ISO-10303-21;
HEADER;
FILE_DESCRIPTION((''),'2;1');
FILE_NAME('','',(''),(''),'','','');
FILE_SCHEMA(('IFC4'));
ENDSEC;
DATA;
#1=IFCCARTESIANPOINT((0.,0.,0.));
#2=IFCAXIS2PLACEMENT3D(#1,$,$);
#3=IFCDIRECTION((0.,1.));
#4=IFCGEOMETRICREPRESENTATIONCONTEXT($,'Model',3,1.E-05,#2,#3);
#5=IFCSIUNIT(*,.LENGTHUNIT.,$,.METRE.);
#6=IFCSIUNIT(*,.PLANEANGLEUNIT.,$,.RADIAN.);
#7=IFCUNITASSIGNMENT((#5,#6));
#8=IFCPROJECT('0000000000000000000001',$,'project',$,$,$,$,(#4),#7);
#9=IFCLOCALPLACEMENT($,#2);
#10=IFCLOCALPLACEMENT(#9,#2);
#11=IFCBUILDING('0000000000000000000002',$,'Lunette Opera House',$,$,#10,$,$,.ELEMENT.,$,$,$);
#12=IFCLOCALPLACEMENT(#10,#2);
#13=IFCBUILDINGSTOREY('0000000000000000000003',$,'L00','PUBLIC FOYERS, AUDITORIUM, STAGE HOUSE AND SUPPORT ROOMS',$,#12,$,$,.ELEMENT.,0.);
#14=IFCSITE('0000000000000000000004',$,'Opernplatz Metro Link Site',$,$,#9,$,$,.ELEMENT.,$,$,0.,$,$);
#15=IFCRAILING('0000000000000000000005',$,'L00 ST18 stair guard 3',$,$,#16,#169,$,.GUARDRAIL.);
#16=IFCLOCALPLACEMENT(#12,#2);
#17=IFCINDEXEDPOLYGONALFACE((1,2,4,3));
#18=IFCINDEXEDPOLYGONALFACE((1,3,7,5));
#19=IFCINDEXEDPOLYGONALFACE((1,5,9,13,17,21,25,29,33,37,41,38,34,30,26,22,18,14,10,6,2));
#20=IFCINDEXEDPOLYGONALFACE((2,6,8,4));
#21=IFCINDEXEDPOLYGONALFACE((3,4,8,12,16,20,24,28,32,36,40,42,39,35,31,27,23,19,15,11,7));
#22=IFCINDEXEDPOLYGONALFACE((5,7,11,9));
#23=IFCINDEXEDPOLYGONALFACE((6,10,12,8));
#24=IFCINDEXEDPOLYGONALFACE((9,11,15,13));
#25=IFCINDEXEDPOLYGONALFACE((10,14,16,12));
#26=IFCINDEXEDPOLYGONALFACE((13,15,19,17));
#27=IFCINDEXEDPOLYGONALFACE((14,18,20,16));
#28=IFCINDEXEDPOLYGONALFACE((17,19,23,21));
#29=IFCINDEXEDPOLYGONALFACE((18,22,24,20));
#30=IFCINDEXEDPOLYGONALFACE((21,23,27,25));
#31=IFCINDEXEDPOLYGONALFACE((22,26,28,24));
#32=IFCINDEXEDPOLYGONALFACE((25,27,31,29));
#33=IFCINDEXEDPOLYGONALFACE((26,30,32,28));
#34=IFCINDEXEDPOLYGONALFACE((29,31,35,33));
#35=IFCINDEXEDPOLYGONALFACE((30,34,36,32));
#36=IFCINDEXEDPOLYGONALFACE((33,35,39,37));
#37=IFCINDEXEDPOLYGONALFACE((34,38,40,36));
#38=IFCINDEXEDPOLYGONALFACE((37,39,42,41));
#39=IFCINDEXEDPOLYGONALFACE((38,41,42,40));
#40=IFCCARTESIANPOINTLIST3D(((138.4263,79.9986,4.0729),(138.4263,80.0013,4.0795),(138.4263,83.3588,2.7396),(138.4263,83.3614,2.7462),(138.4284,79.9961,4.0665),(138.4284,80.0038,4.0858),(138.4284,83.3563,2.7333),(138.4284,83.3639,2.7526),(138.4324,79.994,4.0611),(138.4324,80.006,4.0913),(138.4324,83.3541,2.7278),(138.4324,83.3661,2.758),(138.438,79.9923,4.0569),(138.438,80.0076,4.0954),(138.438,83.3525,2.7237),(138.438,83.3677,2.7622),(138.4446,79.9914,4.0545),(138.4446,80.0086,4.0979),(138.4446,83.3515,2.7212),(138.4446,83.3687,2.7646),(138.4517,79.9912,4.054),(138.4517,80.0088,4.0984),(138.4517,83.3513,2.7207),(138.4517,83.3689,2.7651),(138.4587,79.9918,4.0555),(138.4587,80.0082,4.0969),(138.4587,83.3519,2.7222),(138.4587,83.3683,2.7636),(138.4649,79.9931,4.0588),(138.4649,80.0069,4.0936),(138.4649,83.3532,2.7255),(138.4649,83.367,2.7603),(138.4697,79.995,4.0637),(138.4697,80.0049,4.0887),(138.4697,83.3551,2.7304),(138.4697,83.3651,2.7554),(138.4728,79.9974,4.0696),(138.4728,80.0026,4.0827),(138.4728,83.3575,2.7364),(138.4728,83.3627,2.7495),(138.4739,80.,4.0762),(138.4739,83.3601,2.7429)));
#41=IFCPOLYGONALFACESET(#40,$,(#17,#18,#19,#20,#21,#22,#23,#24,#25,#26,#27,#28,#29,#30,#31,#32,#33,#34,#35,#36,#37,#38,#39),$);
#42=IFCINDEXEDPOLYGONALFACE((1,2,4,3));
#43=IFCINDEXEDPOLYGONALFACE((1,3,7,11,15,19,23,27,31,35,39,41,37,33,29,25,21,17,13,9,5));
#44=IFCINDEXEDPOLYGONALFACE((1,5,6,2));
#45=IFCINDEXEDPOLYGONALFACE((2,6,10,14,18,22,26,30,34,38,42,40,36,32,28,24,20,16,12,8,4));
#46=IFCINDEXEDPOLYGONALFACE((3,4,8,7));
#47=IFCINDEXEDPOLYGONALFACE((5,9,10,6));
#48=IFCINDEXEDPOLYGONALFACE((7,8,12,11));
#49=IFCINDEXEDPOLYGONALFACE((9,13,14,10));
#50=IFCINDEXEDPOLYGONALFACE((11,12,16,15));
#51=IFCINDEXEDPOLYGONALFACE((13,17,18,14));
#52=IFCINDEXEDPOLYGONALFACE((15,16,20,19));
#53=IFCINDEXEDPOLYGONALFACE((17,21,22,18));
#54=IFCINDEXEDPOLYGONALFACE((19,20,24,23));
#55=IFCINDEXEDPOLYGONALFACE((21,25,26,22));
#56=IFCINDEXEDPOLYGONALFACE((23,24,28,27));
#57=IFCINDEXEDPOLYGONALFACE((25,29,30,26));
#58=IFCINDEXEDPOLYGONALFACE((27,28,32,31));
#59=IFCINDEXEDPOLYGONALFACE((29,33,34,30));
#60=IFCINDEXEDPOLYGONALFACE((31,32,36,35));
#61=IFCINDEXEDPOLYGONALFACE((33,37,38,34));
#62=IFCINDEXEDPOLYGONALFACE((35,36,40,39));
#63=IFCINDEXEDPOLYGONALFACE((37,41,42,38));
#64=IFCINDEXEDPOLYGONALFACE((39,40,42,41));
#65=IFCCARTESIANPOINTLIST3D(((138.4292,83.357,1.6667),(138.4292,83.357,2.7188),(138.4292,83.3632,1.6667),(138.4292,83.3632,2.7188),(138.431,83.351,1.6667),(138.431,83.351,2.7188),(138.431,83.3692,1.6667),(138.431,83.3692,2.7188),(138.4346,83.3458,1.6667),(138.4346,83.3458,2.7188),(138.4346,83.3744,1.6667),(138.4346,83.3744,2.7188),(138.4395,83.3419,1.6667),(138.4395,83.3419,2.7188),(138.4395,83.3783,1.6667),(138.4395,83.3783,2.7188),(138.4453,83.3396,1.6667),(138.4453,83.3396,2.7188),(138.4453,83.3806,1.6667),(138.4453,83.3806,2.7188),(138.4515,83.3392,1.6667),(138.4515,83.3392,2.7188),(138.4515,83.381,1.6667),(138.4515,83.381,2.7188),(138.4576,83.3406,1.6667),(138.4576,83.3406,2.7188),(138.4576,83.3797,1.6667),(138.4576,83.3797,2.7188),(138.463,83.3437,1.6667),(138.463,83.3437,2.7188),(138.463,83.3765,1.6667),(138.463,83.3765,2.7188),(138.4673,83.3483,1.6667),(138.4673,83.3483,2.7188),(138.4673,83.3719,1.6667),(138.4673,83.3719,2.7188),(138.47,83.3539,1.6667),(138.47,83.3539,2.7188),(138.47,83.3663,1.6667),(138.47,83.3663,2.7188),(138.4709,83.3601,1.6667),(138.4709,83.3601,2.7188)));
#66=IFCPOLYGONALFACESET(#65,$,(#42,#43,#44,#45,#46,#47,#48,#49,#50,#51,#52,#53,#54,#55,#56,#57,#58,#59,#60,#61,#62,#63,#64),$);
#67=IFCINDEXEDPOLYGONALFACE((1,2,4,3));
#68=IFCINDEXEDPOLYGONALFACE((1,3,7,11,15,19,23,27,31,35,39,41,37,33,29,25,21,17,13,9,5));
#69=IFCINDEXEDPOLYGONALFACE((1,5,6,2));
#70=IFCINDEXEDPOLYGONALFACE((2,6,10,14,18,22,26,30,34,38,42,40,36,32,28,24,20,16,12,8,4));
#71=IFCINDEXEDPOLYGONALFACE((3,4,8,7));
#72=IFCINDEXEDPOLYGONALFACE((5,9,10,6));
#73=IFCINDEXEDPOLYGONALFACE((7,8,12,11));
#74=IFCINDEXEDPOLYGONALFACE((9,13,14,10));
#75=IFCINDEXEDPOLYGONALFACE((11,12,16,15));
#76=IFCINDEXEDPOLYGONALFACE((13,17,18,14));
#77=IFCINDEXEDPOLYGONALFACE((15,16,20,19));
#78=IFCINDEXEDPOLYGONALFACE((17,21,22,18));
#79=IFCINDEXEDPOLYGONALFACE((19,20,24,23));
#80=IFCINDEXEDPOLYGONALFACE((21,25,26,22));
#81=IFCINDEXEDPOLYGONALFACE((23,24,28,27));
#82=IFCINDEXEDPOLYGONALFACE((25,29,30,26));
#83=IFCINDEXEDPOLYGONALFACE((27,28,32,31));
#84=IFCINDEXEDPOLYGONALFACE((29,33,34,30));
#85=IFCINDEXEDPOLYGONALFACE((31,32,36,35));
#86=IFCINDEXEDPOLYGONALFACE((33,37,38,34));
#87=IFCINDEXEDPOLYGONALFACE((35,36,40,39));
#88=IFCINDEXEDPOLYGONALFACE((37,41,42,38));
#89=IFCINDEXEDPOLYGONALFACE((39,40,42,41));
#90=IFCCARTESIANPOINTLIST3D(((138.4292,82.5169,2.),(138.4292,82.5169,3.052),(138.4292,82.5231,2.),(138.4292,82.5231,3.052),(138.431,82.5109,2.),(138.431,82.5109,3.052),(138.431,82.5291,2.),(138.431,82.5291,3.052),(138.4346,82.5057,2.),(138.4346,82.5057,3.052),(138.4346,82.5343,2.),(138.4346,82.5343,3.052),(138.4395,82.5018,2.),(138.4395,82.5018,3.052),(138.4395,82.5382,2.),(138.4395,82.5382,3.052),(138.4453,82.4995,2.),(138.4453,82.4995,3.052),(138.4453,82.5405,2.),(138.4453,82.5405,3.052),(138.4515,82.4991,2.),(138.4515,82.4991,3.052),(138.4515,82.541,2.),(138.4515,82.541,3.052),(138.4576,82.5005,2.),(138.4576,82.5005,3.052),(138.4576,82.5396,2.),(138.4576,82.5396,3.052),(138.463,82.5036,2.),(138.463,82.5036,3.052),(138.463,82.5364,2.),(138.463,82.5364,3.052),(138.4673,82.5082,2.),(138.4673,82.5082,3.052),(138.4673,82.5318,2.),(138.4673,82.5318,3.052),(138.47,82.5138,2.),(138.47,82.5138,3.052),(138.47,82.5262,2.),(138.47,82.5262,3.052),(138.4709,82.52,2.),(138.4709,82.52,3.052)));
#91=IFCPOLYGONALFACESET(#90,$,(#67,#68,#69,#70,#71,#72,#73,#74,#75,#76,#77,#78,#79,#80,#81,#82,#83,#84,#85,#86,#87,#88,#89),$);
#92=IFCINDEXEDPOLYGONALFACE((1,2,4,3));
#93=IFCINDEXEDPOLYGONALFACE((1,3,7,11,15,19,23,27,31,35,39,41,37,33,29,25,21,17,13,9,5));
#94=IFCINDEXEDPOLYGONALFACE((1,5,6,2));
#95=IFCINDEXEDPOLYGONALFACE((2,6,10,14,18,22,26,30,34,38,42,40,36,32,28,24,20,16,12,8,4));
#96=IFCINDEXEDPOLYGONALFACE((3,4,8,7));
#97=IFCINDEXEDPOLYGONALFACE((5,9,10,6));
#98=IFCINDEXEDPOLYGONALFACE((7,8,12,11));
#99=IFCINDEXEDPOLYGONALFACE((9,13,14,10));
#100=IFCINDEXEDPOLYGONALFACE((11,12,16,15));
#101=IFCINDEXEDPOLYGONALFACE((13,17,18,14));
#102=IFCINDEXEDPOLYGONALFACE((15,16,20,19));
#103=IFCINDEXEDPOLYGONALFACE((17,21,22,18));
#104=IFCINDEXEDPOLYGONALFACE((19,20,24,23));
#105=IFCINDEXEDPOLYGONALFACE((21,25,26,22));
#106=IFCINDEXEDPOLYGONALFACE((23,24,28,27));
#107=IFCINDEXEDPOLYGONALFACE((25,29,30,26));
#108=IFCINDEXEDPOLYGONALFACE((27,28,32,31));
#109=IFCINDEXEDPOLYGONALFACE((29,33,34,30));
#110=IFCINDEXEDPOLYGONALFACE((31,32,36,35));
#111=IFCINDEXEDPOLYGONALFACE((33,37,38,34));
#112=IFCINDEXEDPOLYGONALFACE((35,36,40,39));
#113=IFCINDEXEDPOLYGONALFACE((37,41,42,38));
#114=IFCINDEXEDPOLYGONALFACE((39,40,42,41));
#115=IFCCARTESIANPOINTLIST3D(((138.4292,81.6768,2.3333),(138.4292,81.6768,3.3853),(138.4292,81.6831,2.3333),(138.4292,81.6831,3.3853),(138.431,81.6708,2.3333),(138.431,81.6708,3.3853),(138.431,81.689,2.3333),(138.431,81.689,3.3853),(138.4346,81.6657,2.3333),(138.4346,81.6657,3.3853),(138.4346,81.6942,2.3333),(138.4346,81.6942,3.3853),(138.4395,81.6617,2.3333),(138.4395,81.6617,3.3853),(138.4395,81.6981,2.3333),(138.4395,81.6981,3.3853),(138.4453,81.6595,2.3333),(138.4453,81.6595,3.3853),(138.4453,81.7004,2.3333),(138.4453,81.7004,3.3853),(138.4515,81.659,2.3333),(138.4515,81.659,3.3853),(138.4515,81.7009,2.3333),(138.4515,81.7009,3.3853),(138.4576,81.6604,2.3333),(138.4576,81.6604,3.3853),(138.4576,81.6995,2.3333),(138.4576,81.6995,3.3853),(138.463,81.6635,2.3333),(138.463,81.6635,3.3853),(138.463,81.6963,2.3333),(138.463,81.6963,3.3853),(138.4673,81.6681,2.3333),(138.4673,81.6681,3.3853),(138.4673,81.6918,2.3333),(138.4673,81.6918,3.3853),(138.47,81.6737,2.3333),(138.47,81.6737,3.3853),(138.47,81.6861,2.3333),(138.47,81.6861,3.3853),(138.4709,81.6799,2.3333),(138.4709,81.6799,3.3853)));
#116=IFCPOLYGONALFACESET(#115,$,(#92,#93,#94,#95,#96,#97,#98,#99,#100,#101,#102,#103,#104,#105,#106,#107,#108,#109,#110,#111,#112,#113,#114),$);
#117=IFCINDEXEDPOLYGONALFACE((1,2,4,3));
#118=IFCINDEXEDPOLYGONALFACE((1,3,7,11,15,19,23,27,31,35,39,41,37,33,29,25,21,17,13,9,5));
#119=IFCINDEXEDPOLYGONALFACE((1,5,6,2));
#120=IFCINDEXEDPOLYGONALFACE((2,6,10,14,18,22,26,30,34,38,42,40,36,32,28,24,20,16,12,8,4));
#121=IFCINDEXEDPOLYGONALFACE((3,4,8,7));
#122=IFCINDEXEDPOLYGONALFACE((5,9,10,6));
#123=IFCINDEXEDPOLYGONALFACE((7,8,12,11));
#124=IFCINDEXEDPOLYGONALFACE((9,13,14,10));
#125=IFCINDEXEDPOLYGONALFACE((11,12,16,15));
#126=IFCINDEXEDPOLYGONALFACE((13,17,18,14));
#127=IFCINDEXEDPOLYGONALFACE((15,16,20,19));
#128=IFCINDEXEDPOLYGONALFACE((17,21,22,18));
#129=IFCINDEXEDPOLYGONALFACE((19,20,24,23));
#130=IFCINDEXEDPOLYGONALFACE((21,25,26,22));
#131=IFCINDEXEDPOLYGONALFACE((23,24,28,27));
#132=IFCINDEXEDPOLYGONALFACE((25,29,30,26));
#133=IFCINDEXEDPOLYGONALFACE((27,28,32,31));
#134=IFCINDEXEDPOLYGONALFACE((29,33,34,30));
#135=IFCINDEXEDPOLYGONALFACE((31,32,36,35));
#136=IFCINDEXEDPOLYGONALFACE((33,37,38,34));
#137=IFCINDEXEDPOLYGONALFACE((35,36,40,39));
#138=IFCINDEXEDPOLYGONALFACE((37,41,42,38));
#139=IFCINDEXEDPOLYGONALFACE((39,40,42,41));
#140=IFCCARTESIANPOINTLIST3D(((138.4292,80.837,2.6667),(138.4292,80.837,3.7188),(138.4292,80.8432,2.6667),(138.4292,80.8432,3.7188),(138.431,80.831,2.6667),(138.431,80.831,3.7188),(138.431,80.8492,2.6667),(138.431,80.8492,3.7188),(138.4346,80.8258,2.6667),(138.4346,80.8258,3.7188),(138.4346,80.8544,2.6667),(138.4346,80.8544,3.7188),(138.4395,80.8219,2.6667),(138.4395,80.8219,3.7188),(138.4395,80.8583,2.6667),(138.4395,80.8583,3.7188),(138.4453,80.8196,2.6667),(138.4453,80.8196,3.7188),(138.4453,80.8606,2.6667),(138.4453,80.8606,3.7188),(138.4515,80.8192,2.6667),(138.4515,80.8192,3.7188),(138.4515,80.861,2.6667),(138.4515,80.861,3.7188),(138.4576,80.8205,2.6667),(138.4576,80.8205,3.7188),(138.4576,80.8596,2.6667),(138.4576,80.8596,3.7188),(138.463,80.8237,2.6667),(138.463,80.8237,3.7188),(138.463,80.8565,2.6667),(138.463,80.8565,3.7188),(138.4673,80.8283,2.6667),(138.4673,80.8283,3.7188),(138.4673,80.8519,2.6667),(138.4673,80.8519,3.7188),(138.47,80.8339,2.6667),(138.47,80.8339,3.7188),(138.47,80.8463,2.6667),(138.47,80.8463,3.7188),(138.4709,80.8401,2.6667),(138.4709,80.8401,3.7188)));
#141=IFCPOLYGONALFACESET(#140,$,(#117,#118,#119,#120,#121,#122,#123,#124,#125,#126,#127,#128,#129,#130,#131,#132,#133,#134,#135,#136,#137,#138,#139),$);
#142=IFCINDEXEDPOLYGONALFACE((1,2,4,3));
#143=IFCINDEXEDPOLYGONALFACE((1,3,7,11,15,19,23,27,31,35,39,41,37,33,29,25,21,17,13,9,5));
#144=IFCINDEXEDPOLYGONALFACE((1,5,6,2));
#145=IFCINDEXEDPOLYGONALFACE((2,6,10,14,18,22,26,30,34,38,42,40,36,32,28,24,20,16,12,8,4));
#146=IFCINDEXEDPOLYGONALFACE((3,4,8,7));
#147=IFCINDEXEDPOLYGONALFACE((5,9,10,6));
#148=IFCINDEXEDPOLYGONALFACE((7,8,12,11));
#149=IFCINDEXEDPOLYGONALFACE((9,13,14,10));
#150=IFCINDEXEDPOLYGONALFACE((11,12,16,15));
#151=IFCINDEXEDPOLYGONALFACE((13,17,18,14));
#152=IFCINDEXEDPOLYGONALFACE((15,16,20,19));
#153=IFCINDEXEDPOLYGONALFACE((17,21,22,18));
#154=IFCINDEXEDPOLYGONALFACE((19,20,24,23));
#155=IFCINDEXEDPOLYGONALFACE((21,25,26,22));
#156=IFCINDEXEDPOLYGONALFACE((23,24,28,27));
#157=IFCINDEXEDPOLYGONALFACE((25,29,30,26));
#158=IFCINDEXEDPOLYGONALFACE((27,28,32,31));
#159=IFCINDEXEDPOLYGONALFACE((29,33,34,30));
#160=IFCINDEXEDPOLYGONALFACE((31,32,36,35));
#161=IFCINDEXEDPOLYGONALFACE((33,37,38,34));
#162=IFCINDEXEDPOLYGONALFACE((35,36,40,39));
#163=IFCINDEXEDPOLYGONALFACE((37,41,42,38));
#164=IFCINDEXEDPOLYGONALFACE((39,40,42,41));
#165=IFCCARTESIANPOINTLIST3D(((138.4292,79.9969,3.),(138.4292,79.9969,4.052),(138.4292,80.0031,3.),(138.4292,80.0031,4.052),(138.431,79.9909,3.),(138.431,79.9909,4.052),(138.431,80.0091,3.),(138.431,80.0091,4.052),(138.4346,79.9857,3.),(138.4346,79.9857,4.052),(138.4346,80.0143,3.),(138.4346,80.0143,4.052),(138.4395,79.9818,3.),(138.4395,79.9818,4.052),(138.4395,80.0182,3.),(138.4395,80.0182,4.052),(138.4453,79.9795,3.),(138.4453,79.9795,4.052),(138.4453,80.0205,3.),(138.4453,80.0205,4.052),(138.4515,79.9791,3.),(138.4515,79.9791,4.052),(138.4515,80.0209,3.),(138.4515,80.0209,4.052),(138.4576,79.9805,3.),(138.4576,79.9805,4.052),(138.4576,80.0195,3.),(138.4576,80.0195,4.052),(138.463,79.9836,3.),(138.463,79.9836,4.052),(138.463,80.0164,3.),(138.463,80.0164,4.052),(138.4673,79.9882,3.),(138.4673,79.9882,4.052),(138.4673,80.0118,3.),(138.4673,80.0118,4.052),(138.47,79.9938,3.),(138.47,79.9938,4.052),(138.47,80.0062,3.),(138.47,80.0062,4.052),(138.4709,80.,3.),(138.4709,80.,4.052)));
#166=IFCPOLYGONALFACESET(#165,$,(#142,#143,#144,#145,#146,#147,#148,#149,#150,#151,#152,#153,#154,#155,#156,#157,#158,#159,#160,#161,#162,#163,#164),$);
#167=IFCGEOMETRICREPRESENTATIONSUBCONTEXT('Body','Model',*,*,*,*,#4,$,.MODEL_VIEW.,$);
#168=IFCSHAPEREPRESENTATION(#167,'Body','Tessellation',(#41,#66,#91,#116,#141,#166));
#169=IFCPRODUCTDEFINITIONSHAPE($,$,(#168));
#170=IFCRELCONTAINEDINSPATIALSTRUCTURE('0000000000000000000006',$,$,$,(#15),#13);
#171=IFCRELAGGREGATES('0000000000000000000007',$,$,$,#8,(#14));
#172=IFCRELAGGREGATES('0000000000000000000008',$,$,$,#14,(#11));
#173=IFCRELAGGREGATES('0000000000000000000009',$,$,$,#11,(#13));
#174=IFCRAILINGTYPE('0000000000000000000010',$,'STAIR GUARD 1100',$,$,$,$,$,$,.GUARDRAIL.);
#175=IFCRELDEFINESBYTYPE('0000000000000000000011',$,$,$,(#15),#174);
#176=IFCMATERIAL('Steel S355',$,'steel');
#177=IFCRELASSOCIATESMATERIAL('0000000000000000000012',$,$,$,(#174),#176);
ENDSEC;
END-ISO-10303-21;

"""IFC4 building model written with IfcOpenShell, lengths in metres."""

from ifc_helpers import new_model, si_unit, direction, frame, origin, origin_2d, place, context, subcontext, project, spatial, circle, extrude, material, type_object, element, save


model = new_model("IFC4")

# Units and contexts
model_context = context("Model", 3, precision=1e-05, world=origin(), true_north=direction((0.0, 1.0)))
body_context = subcontext(model_context, "Body", "Model", "MODEL_VIEW")
ifc_project = project(units=[si_unit("LENGTHUNIT", "METRE"), si_unit("PLANEANGLEUNIT", "RADIAN")], contexts=[model_context])

# Site, building, storey
site_placement = place(None, origin())
site = spatial("IfcSite", under=ifc_project, at=site_placement, Name="Opernplatz Metro Link Site", CompositionType="ELEMENT", RefElevation=0.0)
building_placement = place(site_placement, origin())
building = spatial("IfcBuilding", under=site, at=building_placement, Name="Lunette Opera House", CompositionType="ELEMENT")
storey_placement = place(building_placement, origin())
storey = spatial("IfcBuildingStorey", under=building, at=storey_placement, Name="L00", Description="PUBLIC FOYERS, AUDITORIUM, STAGE HOUSE AND SUPPORT ROOMS", CompositionType="ELEMENT", Elevation=0.0)

# Railing
ifc_material_1 = material(Name="Steel S355", Category="steel")
railing_type_1 = type_object("IfcRailingType", Name="STAIR GUARD 1100", PredefinedType="GUARDRAIL", material=ifc_material_1)
railing_1_placement = place(storey_placement, frame((138.45, 83.3601, 1.6667)))
element("IfcRailing", 1, at=railing_1_placement, inside=storey, type_object=railing_type_1, Name="L00 ST18 stair guard 3", PredefinedType="GUARDRAIL", context=body_context, shape_type="SweptSolid", body=[
    extrude(circle(Radius=0.0239, at=origin_2d()), frame((0.0, 0.0, 1.0762), z_axis=(0.0, -0.929502, 0.368816), x_axis=(1.0, 0.0, 0.0)), (0.0, 0.0, 1.0), 3.615),
    extrude(circle(Radius=0.021, at=origin_2d()), origin(), (0.0, 0.0, 1.0), 1.052),
    extrude(circle(Radius=0.021, at=origin_2d()), frame((0.0, -0.8401, 0.3333)), (0.0, 0.0, 1.0), 1.052),
    extrude(circle(Radius=0.021, at=origin_2d()), frame((0.0, -1.6802, 0.6665)), (0.0, 0.0, 1.0), 1.052),
    extrude(circle(Radius=0.021, at=origin_2d()), frame((0.0, -2.52, 1.0)), (0.0, 0.0, 1.0), 1.052),
    extrude(circle(Radius=0.021, at=origin_2d()), frame((0.0, -3.3601, 1.3333)), (0.0, 0.0, 1.0), 1.052),
])

save(model, "model.ifc")
